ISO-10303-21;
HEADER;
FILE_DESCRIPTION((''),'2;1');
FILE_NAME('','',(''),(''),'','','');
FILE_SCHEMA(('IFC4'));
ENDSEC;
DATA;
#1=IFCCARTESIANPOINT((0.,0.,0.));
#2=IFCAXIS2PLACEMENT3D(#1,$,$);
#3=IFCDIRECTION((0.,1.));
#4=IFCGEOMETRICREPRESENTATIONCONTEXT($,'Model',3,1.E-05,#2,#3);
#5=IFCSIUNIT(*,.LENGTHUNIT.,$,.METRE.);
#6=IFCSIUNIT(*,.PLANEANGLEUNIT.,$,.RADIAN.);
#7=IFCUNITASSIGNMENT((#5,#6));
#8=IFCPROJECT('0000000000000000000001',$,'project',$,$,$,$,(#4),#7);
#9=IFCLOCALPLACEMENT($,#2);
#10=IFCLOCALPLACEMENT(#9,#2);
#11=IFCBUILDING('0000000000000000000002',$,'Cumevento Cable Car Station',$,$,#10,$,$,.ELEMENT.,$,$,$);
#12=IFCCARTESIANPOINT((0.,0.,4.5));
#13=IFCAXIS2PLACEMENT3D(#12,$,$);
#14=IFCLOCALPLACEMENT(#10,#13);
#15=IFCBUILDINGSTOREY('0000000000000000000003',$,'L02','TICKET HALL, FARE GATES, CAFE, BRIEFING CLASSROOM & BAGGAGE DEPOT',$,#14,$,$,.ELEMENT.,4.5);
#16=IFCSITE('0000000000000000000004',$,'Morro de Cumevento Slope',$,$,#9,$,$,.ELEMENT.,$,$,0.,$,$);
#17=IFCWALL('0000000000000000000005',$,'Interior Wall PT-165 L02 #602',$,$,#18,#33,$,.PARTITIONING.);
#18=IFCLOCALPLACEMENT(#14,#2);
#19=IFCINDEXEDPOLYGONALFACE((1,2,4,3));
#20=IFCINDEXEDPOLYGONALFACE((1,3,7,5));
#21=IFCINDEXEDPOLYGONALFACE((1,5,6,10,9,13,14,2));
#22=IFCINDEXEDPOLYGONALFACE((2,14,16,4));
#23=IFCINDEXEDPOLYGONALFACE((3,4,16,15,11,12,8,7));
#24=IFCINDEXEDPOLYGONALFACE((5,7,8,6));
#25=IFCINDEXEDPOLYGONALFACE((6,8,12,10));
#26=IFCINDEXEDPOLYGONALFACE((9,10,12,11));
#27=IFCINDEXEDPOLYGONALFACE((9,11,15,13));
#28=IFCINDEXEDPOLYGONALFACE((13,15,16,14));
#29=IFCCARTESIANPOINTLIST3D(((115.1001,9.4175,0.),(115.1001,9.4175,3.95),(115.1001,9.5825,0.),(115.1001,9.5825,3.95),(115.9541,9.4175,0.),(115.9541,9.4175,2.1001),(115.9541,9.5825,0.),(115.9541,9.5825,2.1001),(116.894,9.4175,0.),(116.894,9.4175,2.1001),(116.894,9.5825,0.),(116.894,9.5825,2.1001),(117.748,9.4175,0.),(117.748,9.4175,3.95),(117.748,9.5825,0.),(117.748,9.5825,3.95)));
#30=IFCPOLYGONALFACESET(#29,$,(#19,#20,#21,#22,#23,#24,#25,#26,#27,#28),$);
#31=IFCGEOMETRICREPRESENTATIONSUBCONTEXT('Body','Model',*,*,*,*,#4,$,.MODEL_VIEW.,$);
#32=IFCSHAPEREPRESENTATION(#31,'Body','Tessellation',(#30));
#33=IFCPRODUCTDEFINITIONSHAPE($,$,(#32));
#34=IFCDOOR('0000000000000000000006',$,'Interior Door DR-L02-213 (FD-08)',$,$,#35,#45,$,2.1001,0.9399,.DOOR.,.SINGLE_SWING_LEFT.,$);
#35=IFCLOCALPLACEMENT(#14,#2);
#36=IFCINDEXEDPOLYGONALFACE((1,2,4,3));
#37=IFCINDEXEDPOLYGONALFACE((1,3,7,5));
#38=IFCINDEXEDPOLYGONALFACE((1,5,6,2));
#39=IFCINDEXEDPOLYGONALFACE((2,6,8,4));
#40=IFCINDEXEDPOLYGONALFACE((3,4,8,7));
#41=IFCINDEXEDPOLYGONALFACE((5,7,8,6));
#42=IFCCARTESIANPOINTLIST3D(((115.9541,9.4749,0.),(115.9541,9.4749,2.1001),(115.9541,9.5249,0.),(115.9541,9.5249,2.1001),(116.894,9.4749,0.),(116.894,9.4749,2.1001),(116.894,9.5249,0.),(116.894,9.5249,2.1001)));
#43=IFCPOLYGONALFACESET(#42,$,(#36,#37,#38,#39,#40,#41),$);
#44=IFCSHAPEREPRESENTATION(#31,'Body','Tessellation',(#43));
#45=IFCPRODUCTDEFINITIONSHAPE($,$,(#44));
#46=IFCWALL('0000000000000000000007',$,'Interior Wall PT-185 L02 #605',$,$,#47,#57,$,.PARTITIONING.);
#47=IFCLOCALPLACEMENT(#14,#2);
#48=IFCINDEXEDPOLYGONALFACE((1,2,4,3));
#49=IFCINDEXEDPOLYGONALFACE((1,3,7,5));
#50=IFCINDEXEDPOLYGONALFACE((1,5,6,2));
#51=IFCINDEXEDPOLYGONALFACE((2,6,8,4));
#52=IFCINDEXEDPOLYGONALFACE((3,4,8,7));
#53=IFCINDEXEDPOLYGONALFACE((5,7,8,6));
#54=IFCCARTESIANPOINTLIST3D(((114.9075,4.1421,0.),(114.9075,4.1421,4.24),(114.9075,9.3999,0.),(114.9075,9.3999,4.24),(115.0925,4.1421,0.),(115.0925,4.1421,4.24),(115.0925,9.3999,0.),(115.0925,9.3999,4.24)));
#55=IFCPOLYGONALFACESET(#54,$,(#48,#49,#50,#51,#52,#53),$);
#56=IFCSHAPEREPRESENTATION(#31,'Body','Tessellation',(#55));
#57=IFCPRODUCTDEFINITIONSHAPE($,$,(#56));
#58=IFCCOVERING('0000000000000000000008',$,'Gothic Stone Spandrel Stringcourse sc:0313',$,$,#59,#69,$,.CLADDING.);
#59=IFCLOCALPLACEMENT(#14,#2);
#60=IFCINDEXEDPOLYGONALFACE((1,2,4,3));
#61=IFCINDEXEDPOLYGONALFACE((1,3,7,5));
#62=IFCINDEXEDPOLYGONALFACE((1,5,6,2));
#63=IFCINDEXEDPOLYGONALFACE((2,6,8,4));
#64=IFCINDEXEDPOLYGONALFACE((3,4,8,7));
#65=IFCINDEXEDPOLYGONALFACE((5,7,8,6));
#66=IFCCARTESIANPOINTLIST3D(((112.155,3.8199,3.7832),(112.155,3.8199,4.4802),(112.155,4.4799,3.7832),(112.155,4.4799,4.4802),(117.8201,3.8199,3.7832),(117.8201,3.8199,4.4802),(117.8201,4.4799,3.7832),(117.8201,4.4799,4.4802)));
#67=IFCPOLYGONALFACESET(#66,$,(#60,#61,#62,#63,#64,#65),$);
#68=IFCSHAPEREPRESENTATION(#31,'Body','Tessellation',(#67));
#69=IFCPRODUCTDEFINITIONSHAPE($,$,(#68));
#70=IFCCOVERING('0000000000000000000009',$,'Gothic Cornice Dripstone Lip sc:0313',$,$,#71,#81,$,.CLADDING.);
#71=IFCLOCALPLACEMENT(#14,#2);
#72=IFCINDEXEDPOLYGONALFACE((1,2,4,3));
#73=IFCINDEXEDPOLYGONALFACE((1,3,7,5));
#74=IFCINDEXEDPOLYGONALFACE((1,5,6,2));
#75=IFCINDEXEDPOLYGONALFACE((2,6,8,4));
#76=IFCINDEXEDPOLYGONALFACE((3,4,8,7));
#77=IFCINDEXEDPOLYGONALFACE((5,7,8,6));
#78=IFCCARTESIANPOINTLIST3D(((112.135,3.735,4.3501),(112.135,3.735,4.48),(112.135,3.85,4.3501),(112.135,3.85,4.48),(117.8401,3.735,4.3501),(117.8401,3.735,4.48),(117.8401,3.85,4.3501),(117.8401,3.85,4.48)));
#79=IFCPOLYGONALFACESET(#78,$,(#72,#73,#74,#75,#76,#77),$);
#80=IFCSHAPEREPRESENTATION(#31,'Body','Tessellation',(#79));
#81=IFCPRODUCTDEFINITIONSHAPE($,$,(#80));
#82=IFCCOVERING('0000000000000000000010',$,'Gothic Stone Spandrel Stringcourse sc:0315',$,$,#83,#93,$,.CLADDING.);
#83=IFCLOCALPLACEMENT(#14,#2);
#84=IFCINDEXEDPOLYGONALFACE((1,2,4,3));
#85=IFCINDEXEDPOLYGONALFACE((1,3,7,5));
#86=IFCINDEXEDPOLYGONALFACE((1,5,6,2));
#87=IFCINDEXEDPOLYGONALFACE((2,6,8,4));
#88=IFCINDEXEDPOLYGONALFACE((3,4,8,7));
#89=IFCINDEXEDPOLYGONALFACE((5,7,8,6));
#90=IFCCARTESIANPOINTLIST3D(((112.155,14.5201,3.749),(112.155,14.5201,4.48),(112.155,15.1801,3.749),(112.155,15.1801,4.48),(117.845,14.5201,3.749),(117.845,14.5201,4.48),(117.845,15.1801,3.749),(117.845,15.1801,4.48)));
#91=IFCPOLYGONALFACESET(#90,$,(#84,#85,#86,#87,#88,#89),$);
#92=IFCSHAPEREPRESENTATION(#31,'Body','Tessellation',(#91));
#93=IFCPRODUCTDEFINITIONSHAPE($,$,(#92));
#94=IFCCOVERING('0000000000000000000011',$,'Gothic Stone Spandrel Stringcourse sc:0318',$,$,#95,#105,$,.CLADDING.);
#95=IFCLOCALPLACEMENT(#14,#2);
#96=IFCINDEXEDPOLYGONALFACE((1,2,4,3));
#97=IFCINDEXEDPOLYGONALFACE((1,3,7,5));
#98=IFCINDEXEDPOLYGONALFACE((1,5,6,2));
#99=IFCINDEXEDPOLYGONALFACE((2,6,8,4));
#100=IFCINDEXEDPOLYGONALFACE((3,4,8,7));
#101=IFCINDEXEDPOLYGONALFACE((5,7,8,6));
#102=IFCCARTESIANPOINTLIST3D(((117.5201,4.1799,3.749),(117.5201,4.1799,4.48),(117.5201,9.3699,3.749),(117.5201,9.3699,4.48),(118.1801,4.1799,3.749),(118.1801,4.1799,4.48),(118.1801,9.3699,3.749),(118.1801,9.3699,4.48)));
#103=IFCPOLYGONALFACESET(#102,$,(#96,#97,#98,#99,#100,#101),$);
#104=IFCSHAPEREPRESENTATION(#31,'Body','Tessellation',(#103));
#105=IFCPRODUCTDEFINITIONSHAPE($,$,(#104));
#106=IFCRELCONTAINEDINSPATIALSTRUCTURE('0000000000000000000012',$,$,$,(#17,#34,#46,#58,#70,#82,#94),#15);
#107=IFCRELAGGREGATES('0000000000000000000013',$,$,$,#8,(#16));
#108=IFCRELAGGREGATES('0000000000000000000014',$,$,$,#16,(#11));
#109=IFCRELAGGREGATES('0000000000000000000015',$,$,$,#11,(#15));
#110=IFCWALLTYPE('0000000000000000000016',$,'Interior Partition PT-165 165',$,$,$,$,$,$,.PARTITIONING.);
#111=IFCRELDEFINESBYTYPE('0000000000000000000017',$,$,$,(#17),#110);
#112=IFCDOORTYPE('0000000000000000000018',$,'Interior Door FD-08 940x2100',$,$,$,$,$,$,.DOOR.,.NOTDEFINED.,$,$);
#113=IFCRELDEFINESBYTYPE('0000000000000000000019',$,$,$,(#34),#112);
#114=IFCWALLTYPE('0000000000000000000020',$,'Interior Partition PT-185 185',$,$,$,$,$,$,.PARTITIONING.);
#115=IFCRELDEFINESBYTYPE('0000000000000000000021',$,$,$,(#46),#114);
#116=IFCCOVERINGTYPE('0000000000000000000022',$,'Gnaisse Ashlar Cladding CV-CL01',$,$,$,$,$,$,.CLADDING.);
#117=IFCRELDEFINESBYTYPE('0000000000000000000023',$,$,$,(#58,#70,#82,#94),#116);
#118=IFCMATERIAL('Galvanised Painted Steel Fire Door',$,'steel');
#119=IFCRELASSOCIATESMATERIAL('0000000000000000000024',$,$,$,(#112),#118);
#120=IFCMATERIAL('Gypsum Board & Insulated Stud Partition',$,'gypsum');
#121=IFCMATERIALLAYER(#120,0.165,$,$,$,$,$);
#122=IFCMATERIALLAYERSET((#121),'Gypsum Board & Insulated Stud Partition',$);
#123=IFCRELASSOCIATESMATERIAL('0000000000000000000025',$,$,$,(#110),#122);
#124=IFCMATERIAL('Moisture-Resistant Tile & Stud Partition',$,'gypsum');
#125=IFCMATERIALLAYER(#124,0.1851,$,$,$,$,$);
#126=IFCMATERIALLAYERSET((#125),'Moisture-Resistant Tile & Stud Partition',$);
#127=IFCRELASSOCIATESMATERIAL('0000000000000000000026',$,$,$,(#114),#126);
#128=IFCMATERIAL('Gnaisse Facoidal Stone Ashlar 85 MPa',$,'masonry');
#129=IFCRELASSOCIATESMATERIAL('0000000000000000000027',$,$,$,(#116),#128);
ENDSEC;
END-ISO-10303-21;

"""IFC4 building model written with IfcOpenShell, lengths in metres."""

from ifc_helpers import new_model, si_unit, direction, frame, frame_2d, origin, origin_2d, place, context, subcontext, project, spatial, rectangle, extrude, material, layer, layer_set, type_object, element, fill, save


model = new_model("IFC4")

# Units and contexts
model_context = context("Model", 3, precision=1e-05, world=origin(), true_north=direction((0.0, 1.0)))
body_context = subcontext(model_context, "Body", "Model", "MODEL_VIEW")
ifc_project = project(units=[si_unit("LENGTHUNIT", "METRE"), si_unit("PLANEANGLEUNIT", "RADIAN")], contexts=[model_context])

# Site, building, storey
site_placement = place(None, origin())
site = spatial("IfcSite", under=ifc_project, at=site_placement, Name="Morro de Cumevento Slope", CompositionType="ELEMENT", RefElevation=0.0)
building_placement = place(site_placement, origin())
building = spatial("IfcBuilding", under=site, at=building_placement, Name="Cumevento Cable Car Station", CompositionType="ELEMENT")
storey_placement = place(building_placement, frame((0.0, 0.0, 4.5)))
storey = spatial("IfcBuildingStorey", under=building, at=storey_placement, Name="L02", Description="TICKET HALL, FARE GATES, CAFE, BRIEFING CLASSROOM & BAGGAGE DEPOT", CompositionType="ELEMENT", Elevation=4.5)

# Wall, opening, door
ifc_material_1 = material(Name="Galvanised Painted Steel Fire Door", Category="steel")
door_type = type_object("IfcDoorType", Name="Interior Door FD-08 940x2100", OperationType="NOTDEFINED", PredefinedType="DOOR", material=ifc_material_1)
ifc_material_2 = material(Name="Gypsum Board & Insulated Stud Partition", Category="gypsum")
ifc_layer_1 = layer(ifc_material_2, 0.165)
ifc_layer_set_1 = layer_set([ifc_layer_1], Name="Gypsum Board & Insulated Stud Partition")
wall_type_1 = type_object("IfcWallType", Name="Interior Partition PT-165 165", PredefinedType="PARTITIONING", material=ifc_layer_set_1)
wall_1_placement = place(storey_placement, frame((115.1001, 9.5, 0.0), z_axis=(0.0, 0.0, 1.0), x_axis=(1.0, 0.0, 0.0)))
wall_1 = element("IfcWall", 1, at=wall_1_placement, inside=storey, type_object=wall_type_1, Name="Interior Wall PT-165 L02 #602", PredefinedType="PARTITIONING", context=body_context, shape_type="SweptSolid", body=[
    extrude(rectangle(XDim=2.6479, YDim=0.165, at=frame_2d((1.324, 0.0))), origin(), (0.0, 0.0, 1.0), 3.95),
])
opening_1_placement = place(wall_1_placement, frame((0.854, 0.0, 0.0)))
opening_1 = element("IfcOpeningElement", 2, at=opening_1_placement, cuts=wall_1, PredefinedType="OPENING", context=body_context, shape_type="SweptSolid", body=[
    extrude(rectangle(XDim=0.9399, YDim=2.1001, at=frame_2d((0.47, 1.05))), frame((0.0, 0.0925, 0.0), z_axis=(0.0, -1.0, 0.0), x_axis=(1.0, 0.0, 0.0)), (0.0, 0.0, 1.0), 0.1851),
])
door_1_placement = place(opening_1_placement, origin())
door_1 = element("IfcDoor", 3, at=door_1_placement, inside=storey, type_object=door_type, Name="Interior Door DR-L02-213 (FD-08)", OperationType="SINGLE_SWING_LEFT", OverallHeight=2.1001, OverallWidth=0.9399, PredefinedType="DOOR", context=body_context, shape_type="SweptSolid", body=[
    extrude(rectangle(XDim=0.9399, YDim=2.1001, at=frame_2d((0.47, 1.05))), frame((0.0, 0.0249, 0.0), z_axis=(0.0, -1.0, 0.0), x_axis=(1.0, 0.0, 0.0)), (0.0, 0.0, 1.0), 0.05),
])
fill(opening_1, door_1)

# Wall
ifc_material_3 = material(Name="Moisture-Resistant Tile & Stud Partition", Category="gypsum")
ifc_layer_2 = layer(ifc_material_3, 0.1851)
ifc_layer_set_2 = layer_set([ifc_layer_2], Name="Moisture-Resistant Tile & Stud Partition")
wall_type_2 = type_object("IfcWallType", Name="Interior Partition PT-185 185", PredefinedType="PARTITIONING", material=ifc_layer_set_2)
wall_2_placement = place(storey_placement, frame((115.0, 4.1421, 0.0), z_axis=(0.0, 0.0, 1.0), x_axis=(0.0, 1.0, 0.0)))
element("IfcWall", 4, at=wall_2_placement, inside=storey, type_object=wall_type_2, Name="Interior Wall PT-185 L02 #605", PredefinedType="PARTITIONING", context=body_context, shape_type="SweptSolid", body=[
    extrude(rectangle(XDim=5.2578, YDim=0.1851, at=frame_2d((2.6289, 0.0))), origin(), (0.0, 0.0, 1.0), 4.24),
])

# Coverings
ifc_material_4 = material(Name="Gnaisse Facoidal Stone Ashlar 85 MPa", Category="masonry")
covering_type = type_object("IfcCoveringType", Name="Gnaisse Ashlar Cladding CV-CL01", PredefinedType="CLADDING", material=ifc_material_4)
covering_1_placement = place(storey_placement, frame((114.9875, 4.1499, 3.7832), z_axis=(0.0, 0.0, 1.0), x_axis=(-1.0, 0.0, 0.0)))
element("IfcCovering", 5, at=covering_1_placement, inside=storey, type_object=covering_type, Name="Gothic Stone Spandrel Stringcourse sc:0313", PredefinedType="CLADDING", context=body_context, shape_type="SweptSolid", body=[
    extrude(rectangle(XDim=5.665, YDim=0.6599, at=origin_2d()), origin(), (0.0, 0.0, 1.0), 0.697),
])
covering_2_placement = place(storey_placement, frame((114.9875, 3.7925, 4.3501), z_axis=(0.0, 0.0, 1.0), x_axis=(-1.0, 0.0, 0.0)))
element("IfcCovering", 6, at=covering_2_placement, inside=storey, type_object=covering_type, Name="Gothic Cornice Dripstone Lip sc:0313", PredefinedType="CLADDING", context=body_context, shape_type="SweptSolid", body=[
    extrude(rectangle(XDim=5.7051, YDim=0.115, at=origin_2d()), origin(), (0.0, 0.0, 1.0), 0.1299),
])
covering_3_placement = place(storey_placement, frame((115.0, 14.8501, 3.749), z_axis=(0.0, 0.0, 1.0), x_axis=(1.0, 0.0, 0.0)))
element("IfcCovering", 7, at=covering_3_placement, inside=storey, type_object=covering_type, Name="Gothic Stone Spandrel Stringcourse sc:0315", PredefinedType="CLADDING", context=body_context, shape_type="SweptSolid", body=[
    extrude(rectangle(XDim=5.6899, YDim=0.6599, at=origin_2d()), origin(), (0.0, 0.0, 1.0), 0.731),
])
covering_4_placement = place(storey_placement, frame((117.8501, 6.7749, 3.749), z_axis=(0.0, 0.0, 1.0), x_axis=(0.0, -1.0, 0.0)))
element("IfcCovering", 8, at=covering_4_placement, inside=storey, type_object=covering_type, Name="Gothic Stone Spandrel Stringcourse sc:0318", PredefinedType="CLADDING", context=body_context, shape_type="SweptSolid", body=[
    extrude(rectangle(XDim=5.1899, YDim=0.6599, at=origin_2d()), origin(), (0.0, 0.0, 1.0), 0.731),
])

save(model, "model.ifc")
